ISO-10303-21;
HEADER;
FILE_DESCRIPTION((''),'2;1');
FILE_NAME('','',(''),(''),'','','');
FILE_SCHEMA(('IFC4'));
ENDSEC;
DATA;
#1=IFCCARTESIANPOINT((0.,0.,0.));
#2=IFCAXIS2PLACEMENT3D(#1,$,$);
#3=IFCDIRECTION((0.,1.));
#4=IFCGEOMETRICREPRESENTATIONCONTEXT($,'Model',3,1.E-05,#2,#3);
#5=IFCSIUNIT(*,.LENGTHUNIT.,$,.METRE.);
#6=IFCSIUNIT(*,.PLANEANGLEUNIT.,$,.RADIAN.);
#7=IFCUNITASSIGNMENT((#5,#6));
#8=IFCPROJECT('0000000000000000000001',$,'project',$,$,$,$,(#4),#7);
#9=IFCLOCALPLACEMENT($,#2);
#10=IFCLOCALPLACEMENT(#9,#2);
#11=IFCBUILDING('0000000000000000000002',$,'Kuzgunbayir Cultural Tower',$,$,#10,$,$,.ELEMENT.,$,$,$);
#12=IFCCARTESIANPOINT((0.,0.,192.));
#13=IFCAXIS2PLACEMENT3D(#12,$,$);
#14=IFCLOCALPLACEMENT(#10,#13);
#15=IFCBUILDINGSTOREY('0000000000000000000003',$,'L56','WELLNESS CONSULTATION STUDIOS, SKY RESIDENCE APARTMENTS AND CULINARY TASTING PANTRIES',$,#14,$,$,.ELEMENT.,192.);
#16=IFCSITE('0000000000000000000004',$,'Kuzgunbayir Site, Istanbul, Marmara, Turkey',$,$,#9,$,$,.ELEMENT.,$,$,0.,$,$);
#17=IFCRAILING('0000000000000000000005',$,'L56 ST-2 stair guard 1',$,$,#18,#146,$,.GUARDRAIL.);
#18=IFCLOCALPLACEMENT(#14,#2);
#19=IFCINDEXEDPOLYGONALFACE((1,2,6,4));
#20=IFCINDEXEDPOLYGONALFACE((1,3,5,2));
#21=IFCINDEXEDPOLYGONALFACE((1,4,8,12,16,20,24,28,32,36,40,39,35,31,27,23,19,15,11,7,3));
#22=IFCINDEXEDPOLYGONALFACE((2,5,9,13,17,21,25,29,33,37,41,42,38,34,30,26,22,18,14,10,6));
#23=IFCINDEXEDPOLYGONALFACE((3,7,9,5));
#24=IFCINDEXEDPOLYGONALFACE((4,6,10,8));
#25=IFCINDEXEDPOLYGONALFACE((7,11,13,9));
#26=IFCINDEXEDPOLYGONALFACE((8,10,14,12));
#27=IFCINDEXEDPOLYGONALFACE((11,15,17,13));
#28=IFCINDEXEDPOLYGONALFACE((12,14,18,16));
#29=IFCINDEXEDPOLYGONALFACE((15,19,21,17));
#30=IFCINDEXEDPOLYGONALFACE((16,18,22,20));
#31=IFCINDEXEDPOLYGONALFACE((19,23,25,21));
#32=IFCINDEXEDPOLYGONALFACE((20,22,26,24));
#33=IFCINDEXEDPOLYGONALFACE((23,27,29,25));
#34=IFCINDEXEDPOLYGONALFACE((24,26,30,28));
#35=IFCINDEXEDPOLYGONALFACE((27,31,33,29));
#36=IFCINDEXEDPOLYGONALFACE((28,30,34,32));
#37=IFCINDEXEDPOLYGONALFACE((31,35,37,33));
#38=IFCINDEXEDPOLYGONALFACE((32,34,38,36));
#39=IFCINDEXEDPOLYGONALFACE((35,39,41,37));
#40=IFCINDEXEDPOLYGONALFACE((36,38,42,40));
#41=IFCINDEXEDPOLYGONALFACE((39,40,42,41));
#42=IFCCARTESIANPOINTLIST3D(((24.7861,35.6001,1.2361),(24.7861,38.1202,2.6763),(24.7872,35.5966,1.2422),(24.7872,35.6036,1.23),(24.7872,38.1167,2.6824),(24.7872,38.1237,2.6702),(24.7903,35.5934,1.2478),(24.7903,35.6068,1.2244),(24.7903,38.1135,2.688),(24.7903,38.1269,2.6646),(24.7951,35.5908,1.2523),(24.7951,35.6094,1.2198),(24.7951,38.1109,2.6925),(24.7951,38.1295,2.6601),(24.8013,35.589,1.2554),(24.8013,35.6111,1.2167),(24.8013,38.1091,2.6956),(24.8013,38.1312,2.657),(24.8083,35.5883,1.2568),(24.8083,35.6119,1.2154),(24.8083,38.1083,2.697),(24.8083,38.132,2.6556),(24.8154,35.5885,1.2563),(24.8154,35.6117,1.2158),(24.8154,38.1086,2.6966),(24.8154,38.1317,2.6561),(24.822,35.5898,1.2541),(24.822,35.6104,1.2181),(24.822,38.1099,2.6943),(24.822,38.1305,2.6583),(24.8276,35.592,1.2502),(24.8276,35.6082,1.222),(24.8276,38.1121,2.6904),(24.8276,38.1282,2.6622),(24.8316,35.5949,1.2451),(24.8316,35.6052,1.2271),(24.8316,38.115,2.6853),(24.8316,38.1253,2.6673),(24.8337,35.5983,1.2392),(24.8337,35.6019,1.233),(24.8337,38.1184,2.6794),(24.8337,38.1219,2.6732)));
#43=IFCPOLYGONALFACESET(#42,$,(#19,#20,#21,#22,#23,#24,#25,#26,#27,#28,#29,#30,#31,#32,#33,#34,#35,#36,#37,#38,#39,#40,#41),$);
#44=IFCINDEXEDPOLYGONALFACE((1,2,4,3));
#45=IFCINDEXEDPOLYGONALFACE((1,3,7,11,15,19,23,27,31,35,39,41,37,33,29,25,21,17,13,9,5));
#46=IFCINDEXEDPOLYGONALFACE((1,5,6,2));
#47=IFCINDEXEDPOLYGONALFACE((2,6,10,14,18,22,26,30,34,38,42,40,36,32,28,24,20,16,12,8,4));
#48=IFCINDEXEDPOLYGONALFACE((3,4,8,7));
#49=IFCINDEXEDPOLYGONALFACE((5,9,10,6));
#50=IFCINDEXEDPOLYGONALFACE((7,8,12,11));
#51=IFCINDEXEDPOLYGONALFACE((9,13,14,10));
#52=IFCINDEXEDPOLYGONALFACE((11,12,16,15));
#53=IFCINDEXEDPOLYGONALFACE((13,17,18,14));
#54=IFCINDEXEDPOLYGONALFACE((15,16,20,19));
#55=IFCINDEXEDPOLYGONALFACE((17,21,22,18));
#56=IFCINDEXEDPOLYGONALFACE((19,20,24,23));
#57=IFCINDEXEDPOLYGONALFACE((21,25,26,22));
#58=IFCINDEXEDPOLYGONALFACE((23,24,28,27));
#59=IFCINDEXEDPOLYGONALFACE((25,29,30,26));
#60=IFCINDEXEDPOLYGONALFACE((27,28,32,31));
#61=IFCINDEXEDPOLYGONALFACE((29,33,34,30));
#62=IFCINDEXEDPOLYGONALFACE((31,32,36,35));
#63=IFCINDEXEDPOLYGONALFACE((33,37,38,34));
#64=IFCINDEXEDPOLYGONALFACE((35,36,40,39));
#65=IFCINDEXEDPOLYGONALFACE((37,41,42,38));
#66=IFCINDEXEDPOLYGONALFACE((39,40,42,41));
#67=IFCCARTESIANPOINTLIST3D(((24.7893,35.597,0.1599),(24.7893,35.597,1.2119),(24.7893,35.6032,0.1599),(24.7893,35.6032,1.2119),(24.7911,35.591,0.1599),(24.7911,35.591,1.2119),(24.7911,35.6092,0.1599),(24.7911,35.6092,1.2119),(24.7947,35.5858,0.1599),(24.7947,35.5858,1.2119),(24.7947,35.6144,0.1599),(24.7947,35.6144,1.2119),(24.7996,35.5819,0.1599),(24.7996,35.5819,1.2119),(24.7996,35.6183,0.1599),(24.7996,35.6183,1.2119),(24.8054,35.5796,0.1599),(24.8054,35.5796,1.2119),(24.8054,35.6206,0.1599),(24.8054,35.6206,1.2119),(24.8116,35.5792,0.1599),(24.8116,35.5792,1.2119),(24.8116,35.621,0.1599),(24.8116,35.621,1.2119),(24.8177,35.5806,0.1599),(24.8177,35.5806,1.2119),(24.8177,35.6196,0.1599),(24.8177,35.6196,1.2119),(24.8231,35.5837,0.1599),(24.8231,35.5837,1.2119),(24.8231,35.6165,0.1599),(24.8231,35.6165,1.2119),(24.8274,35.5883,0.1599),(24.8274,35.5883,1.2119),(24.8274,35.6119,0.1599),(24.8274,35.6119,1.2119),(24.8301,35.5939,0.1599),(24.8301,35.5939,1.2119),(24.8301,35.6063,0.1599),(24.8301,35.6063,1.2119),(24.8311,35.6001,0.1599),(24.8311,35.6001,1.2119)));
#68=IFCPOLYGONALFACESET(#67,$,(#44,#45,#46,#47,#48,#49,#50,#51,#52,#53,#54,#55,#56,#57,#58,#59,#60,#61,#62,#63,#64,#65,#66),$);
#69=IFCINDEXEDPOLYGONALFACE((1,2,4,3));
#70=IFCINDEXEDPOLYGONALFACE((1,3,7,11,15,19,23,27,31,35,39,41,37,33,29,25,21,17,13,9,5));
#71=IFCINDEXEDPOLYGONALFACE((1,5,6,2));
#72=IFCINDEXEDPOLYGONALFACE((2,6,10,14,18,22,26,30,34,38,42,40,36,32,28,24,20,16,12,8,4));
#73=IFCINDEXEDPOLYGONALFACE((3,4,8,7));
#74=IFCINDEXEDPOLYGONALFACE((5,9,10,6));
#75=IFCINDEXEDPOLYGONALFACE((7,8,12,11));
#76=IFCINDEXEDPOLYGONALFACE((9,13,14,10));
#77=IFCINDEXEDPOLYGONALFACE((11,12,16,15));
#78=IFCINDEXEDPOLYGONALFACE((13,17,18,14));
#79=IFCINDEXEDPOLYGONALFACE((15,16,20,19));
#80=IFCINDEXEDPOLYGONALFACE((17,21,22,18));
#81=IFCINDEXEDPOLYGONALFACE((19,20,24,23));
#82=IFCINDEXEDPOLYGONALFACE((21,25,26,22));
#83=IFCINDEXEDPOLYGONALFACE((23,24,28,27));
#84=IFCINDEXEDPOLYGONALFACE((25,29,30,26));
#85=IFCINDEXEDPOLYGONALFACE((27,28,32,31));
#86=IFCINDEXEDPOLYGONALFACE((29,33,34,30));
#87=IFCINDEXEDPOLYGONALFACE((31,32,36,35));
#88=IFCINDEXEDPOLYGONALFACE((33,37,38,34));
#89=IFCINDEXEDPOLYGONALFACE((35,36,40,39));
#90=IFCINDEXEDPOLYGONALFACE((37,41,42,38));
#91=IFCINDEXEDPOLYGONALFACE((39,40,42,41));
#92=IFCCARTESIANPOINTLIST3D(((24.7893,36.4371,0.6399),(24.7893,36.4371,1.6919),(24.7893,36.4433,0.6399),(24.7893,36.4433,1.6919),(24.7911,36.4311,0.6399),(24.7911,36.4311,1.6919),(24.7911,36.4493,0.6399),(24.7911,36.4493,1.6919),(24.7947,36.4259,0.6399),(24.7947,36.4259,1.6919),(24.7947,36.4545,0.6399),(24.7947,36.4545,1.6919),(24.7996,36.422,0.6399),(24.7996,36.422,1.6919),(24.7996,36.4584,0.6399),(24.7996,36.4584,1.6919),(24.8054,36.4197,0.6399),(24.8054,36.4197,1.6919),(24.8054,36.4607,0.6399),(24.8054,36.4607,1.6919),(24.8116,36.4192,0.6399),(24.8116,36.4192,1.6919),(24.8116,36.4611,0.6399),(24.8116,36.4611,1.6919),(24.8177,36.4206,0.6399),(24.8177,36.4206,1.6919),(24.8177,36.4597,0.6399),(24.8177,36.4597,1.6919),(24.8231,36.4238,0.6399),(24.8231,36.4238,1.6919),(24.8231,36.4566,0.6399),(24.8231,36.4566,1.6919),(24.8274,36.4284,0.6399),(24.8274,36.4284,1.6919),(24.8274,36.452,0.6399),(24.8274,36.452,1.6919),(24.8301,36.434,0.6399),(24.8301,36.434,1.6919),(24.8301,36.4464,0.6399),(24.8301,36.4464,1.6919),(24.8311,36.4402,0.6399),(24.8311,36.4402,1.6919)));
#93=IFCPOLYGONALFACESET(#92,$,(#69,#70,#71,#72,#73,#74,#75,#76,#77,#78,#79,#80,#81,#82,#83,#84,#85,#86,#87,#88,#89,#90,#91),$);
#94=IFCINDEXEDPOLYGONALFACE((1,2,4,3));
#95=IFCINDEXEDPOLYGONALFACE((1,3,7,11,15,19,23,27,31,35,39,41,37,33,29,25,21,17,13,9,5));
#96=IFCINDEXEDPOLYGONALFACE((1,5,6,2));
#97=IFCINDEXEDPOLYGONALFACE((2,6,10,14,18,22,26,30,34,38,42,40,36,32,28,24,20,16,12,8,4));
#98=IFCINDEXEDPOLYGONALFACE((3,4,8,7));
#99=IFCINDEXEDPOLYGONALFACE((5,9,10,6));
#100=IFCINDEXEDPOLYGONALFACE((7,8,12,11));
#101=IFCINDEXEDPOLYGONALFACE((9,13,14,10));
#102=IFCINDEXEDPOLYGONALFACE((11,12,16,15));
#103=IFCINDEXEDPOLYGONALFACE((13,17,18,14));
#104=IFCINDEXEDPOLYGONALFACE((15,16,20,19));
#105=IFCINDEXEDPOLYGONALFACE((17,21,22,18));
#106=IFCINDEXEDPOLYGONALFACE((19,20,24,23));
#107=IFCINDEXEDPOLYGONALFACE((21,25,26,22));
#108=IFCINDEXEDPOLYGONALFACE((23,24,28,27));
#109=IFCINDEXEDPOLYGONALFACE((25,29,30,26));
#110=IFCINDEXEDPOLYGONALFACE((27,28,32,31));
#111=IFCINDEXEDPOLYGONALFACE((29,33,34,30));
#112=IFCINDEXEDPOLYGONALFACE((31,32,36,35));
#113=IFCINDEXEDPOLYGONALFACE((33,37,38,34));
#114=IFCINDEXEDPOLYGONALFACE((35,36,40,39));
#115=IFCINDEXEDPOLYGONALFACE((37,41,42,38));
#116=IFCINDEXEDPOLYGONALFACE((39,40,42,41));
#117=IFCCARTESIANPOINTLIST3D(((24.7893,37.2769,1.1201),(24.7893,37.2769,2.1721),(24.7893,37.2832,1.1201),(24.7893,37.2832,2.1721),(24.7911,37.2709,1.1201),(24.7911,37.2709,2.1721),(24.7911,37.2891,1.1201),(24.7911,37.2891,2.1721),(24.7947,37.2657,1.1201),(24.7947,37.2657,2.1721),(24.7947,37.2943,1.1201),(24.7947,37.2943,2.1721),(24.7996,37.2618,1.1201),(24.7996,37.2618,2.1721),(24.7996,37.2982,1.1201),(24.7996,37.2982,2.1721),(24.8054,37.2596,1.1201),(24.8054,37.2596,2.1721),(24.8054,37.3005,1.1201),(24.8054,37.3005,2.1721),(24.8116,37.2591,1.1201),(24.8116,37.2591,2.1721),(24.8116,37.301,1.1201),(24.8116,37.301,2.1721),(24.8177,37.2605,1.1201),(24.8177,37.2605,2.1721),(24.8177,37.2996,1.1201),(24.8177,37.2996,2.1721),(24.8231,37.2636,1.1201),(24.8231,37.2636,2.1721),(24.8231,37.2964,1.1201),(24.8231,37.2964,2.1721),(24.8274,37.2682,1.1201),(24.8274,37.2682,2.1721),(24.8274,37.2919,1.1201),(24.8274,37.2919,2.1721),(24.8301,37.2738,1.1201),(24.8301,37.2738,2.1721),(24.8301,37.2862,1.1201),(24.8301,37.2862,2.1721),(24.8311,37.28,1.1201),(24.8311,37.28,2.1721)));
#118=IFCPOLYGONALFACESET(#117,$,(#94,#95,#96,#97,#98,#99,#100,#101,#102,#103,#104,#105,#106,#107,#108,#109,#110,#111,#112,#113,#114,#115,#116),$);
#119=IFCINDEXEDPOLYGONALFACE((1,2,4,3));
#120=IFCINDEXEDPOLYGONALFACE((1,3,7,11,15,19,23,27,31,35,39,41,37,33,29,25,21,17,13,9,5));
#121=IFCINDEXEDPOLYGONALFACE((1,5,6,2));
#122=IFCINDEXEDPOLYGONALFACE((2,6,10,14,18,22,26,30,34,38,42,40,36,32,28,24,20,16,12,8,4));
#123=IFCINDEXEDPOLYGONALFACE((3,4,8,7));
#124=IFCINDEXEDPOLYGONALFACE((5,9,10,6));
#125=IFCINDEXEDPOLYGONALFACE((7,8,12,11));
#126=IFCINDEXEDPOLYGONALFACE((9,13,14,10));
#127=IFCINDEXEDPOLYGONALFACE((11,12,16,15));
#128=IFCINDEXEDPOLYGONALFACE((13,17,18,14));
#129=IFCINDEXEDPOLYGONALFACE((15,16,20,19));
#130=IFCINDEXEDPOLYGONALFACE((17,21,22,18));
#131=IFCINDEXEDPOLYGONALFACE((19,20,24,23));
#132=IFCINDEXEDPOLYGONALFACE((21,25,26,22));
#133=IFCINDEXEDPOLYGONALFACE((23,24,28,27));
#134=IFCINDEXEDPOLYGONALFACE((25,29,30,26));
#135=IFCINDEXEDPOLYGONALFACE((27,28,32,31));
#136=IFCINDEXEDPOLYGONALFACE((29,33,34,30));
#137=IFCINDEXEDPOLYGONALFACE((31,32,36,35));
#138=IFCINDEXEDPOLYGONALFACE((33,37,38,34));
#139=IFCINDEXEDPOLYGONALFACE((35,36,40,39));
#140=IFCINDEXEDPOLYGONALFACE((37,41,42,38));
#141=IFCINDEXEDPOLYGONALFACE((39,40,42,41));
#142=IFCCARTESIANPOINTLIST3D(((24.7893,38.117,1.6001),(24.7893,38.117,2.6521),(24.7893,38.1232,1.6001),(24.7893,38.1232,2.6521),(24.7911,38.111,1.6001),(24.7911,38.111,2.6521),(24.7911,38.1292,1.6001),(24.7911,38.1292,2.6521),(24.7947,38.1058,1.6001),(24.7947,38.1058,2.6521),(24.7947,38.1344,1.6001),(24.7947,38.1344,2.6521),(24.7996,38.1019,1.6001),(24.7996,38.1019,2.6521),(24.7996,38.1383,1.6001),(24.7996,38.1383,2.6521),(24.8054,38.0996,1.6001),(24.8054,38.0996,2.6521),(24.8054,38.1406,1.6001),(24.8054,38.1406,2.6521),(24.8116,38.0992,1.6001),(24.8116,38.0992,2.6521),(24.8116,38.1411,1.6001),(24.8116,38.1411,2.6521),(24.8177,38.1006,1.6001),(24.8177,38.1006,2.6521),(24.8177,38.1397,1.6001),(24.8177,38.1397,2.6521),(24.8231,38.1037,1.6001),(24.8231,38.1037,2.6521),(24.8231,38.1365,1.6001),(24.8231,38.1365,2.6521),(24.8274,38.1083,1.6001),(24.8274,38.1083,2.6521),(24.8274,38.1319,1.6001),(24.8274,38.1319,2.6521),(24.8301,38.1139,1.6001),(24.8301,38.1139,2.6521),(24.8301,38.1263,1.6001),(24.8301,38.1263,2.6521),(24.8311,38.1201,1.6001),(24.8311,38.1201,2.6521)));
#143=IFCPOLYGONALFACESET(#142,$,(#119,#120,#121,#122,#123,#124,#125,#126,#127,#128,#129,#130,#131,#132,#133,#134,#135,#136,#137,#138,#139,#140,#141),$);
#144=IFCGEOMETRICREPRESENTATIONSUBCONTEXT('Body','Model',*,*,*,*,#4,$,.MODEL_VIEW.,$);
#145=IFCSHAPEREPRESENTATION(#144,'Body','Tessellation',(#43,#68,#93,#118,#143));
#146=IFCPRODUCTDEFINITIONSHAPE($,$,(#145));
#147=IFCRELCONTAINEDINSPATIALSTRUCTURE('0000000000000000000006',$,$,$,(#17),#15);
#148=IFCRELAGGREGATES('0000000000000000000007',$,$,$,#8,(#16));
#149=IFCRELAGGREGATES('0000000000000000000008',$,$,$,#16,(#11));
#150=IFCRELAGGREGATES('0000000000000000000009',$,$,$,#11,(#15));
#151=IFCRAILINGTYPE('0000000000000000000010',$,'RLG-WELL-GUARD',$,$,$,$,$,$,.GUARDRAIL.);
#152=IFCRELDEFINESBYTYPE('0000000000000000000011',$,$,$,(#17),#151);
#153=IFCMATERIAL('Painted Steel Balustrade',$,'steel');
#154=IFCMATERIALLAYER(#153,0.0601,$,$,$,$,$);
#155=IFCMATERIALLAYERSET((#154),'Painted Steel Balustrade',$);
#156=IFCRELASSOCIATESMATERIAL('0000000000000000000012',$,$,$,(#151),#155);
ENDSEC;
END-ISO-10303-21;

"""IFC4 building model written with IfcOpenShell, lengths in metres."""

from ifc_helpers import new_model, si_unit, direction, frame, origin, origin_2d, place, context, subcontext, project, spatial, circle, extrude, material, layer, layer_set, type_object, element, save


model = new_model("IFC4")

# Units and contexts
model_context = context("Model", 3, precision=1e-05, world=origin(), true_north=direction((0.0, 1.0)))
body_context = subcontext(model_context, "Body", "Model", "MODEL_VIEW")
ifc_project = project(units=[si_unit("LENGTHUNIT", "METRE"), si_unit("PLANEANGLEUNIT", "RADIAN")], contexts=[model_context])

# Site, building, storey
site_placement = place(None, origin())
site = spatial("IfcSite", under=ifc_project, at=site_placement, Name="Kuzgunbayir Site, Istanbul, Marmara, Turkey", CompositionType="ELEMENT", RefElevation=0.0)
building_placement = place(site_placement, origin())
building = spatial("IfcBuilding", under=site, at=building_placement, Name="Kuzgunbayir Cultural Tower", CompositionType="ELEMENT")
storey_placement = place(building_placement, frame((0.0, 0.0, 192.0)))
storey = spatial("IfcBuildingStorey", under=building, at=storey_placement, Name="L56", Description="WELLNESS CONSULTATION STUDIOS, SKY RESIDENCE APARTMENTS AND CULINARY TASTING PANTRIES", CompositionType="ELEMENT", Elevation=192.0)

# Railing
ifc_material_1 = material(Name="Painted Steel Balustrade", Category="steel")
ifc_layer_1 = layer(ifc_material_1, 0.0601)
ifc_layer_set_1 = layer_set([ifc_layer_1], Name="Painted Steel Balustrade")
railing_type_1 = type_object("IfcRailingType", Name="RLG-WELL-GUARD", PredefinedType="GUARDRAIL", material=ifc_layer_set_1)
railing_1_placement = place(storey_placement, frame((24.8101, 35.6001, 0.1599)))
element("IfcRailing", 1, at=railing_1_placement, inside=storey, type_object=railing_type_1, Name="L56 ST-2 stair guard 1", PredefinedType="GUARDRAIL", context=body_context, shape_type="SweptSolid", body=[
    extrude(circle(Radius=0.0239, at=origin_2d()), frame((0.0, 0.0, 1.0762), z_axis=(0.0, 0.868217, 0.496184), x_axis=(-1.0, 0.0, 0.0)), (0.0, 0.0, 1.0), 2.9026),
    extrude(circle(Radius=0.021, at=origin_2d()), origin(), (0.0, 0.0, 1.0), 1.052),
    extrude(circle(Radius=0.021, at=origin_2d()), frame((0.0, 0.8401, 0.48)), (0.0, 0.0, 1.0), 1.052),
    extrude(circle(Radius=0.021, at=origin_2d()), frame((0.0, 1.6799, 0.9602)), (0.0, 0.0, 1.0), 1.052),
    extrude(circle(Radius=0.021, at=origin_2d()), frame((0.0, 2.52, 1.4402)), (0.0, 0.0, 1.0), 1.052),
])

save(model, "model.ifc")
